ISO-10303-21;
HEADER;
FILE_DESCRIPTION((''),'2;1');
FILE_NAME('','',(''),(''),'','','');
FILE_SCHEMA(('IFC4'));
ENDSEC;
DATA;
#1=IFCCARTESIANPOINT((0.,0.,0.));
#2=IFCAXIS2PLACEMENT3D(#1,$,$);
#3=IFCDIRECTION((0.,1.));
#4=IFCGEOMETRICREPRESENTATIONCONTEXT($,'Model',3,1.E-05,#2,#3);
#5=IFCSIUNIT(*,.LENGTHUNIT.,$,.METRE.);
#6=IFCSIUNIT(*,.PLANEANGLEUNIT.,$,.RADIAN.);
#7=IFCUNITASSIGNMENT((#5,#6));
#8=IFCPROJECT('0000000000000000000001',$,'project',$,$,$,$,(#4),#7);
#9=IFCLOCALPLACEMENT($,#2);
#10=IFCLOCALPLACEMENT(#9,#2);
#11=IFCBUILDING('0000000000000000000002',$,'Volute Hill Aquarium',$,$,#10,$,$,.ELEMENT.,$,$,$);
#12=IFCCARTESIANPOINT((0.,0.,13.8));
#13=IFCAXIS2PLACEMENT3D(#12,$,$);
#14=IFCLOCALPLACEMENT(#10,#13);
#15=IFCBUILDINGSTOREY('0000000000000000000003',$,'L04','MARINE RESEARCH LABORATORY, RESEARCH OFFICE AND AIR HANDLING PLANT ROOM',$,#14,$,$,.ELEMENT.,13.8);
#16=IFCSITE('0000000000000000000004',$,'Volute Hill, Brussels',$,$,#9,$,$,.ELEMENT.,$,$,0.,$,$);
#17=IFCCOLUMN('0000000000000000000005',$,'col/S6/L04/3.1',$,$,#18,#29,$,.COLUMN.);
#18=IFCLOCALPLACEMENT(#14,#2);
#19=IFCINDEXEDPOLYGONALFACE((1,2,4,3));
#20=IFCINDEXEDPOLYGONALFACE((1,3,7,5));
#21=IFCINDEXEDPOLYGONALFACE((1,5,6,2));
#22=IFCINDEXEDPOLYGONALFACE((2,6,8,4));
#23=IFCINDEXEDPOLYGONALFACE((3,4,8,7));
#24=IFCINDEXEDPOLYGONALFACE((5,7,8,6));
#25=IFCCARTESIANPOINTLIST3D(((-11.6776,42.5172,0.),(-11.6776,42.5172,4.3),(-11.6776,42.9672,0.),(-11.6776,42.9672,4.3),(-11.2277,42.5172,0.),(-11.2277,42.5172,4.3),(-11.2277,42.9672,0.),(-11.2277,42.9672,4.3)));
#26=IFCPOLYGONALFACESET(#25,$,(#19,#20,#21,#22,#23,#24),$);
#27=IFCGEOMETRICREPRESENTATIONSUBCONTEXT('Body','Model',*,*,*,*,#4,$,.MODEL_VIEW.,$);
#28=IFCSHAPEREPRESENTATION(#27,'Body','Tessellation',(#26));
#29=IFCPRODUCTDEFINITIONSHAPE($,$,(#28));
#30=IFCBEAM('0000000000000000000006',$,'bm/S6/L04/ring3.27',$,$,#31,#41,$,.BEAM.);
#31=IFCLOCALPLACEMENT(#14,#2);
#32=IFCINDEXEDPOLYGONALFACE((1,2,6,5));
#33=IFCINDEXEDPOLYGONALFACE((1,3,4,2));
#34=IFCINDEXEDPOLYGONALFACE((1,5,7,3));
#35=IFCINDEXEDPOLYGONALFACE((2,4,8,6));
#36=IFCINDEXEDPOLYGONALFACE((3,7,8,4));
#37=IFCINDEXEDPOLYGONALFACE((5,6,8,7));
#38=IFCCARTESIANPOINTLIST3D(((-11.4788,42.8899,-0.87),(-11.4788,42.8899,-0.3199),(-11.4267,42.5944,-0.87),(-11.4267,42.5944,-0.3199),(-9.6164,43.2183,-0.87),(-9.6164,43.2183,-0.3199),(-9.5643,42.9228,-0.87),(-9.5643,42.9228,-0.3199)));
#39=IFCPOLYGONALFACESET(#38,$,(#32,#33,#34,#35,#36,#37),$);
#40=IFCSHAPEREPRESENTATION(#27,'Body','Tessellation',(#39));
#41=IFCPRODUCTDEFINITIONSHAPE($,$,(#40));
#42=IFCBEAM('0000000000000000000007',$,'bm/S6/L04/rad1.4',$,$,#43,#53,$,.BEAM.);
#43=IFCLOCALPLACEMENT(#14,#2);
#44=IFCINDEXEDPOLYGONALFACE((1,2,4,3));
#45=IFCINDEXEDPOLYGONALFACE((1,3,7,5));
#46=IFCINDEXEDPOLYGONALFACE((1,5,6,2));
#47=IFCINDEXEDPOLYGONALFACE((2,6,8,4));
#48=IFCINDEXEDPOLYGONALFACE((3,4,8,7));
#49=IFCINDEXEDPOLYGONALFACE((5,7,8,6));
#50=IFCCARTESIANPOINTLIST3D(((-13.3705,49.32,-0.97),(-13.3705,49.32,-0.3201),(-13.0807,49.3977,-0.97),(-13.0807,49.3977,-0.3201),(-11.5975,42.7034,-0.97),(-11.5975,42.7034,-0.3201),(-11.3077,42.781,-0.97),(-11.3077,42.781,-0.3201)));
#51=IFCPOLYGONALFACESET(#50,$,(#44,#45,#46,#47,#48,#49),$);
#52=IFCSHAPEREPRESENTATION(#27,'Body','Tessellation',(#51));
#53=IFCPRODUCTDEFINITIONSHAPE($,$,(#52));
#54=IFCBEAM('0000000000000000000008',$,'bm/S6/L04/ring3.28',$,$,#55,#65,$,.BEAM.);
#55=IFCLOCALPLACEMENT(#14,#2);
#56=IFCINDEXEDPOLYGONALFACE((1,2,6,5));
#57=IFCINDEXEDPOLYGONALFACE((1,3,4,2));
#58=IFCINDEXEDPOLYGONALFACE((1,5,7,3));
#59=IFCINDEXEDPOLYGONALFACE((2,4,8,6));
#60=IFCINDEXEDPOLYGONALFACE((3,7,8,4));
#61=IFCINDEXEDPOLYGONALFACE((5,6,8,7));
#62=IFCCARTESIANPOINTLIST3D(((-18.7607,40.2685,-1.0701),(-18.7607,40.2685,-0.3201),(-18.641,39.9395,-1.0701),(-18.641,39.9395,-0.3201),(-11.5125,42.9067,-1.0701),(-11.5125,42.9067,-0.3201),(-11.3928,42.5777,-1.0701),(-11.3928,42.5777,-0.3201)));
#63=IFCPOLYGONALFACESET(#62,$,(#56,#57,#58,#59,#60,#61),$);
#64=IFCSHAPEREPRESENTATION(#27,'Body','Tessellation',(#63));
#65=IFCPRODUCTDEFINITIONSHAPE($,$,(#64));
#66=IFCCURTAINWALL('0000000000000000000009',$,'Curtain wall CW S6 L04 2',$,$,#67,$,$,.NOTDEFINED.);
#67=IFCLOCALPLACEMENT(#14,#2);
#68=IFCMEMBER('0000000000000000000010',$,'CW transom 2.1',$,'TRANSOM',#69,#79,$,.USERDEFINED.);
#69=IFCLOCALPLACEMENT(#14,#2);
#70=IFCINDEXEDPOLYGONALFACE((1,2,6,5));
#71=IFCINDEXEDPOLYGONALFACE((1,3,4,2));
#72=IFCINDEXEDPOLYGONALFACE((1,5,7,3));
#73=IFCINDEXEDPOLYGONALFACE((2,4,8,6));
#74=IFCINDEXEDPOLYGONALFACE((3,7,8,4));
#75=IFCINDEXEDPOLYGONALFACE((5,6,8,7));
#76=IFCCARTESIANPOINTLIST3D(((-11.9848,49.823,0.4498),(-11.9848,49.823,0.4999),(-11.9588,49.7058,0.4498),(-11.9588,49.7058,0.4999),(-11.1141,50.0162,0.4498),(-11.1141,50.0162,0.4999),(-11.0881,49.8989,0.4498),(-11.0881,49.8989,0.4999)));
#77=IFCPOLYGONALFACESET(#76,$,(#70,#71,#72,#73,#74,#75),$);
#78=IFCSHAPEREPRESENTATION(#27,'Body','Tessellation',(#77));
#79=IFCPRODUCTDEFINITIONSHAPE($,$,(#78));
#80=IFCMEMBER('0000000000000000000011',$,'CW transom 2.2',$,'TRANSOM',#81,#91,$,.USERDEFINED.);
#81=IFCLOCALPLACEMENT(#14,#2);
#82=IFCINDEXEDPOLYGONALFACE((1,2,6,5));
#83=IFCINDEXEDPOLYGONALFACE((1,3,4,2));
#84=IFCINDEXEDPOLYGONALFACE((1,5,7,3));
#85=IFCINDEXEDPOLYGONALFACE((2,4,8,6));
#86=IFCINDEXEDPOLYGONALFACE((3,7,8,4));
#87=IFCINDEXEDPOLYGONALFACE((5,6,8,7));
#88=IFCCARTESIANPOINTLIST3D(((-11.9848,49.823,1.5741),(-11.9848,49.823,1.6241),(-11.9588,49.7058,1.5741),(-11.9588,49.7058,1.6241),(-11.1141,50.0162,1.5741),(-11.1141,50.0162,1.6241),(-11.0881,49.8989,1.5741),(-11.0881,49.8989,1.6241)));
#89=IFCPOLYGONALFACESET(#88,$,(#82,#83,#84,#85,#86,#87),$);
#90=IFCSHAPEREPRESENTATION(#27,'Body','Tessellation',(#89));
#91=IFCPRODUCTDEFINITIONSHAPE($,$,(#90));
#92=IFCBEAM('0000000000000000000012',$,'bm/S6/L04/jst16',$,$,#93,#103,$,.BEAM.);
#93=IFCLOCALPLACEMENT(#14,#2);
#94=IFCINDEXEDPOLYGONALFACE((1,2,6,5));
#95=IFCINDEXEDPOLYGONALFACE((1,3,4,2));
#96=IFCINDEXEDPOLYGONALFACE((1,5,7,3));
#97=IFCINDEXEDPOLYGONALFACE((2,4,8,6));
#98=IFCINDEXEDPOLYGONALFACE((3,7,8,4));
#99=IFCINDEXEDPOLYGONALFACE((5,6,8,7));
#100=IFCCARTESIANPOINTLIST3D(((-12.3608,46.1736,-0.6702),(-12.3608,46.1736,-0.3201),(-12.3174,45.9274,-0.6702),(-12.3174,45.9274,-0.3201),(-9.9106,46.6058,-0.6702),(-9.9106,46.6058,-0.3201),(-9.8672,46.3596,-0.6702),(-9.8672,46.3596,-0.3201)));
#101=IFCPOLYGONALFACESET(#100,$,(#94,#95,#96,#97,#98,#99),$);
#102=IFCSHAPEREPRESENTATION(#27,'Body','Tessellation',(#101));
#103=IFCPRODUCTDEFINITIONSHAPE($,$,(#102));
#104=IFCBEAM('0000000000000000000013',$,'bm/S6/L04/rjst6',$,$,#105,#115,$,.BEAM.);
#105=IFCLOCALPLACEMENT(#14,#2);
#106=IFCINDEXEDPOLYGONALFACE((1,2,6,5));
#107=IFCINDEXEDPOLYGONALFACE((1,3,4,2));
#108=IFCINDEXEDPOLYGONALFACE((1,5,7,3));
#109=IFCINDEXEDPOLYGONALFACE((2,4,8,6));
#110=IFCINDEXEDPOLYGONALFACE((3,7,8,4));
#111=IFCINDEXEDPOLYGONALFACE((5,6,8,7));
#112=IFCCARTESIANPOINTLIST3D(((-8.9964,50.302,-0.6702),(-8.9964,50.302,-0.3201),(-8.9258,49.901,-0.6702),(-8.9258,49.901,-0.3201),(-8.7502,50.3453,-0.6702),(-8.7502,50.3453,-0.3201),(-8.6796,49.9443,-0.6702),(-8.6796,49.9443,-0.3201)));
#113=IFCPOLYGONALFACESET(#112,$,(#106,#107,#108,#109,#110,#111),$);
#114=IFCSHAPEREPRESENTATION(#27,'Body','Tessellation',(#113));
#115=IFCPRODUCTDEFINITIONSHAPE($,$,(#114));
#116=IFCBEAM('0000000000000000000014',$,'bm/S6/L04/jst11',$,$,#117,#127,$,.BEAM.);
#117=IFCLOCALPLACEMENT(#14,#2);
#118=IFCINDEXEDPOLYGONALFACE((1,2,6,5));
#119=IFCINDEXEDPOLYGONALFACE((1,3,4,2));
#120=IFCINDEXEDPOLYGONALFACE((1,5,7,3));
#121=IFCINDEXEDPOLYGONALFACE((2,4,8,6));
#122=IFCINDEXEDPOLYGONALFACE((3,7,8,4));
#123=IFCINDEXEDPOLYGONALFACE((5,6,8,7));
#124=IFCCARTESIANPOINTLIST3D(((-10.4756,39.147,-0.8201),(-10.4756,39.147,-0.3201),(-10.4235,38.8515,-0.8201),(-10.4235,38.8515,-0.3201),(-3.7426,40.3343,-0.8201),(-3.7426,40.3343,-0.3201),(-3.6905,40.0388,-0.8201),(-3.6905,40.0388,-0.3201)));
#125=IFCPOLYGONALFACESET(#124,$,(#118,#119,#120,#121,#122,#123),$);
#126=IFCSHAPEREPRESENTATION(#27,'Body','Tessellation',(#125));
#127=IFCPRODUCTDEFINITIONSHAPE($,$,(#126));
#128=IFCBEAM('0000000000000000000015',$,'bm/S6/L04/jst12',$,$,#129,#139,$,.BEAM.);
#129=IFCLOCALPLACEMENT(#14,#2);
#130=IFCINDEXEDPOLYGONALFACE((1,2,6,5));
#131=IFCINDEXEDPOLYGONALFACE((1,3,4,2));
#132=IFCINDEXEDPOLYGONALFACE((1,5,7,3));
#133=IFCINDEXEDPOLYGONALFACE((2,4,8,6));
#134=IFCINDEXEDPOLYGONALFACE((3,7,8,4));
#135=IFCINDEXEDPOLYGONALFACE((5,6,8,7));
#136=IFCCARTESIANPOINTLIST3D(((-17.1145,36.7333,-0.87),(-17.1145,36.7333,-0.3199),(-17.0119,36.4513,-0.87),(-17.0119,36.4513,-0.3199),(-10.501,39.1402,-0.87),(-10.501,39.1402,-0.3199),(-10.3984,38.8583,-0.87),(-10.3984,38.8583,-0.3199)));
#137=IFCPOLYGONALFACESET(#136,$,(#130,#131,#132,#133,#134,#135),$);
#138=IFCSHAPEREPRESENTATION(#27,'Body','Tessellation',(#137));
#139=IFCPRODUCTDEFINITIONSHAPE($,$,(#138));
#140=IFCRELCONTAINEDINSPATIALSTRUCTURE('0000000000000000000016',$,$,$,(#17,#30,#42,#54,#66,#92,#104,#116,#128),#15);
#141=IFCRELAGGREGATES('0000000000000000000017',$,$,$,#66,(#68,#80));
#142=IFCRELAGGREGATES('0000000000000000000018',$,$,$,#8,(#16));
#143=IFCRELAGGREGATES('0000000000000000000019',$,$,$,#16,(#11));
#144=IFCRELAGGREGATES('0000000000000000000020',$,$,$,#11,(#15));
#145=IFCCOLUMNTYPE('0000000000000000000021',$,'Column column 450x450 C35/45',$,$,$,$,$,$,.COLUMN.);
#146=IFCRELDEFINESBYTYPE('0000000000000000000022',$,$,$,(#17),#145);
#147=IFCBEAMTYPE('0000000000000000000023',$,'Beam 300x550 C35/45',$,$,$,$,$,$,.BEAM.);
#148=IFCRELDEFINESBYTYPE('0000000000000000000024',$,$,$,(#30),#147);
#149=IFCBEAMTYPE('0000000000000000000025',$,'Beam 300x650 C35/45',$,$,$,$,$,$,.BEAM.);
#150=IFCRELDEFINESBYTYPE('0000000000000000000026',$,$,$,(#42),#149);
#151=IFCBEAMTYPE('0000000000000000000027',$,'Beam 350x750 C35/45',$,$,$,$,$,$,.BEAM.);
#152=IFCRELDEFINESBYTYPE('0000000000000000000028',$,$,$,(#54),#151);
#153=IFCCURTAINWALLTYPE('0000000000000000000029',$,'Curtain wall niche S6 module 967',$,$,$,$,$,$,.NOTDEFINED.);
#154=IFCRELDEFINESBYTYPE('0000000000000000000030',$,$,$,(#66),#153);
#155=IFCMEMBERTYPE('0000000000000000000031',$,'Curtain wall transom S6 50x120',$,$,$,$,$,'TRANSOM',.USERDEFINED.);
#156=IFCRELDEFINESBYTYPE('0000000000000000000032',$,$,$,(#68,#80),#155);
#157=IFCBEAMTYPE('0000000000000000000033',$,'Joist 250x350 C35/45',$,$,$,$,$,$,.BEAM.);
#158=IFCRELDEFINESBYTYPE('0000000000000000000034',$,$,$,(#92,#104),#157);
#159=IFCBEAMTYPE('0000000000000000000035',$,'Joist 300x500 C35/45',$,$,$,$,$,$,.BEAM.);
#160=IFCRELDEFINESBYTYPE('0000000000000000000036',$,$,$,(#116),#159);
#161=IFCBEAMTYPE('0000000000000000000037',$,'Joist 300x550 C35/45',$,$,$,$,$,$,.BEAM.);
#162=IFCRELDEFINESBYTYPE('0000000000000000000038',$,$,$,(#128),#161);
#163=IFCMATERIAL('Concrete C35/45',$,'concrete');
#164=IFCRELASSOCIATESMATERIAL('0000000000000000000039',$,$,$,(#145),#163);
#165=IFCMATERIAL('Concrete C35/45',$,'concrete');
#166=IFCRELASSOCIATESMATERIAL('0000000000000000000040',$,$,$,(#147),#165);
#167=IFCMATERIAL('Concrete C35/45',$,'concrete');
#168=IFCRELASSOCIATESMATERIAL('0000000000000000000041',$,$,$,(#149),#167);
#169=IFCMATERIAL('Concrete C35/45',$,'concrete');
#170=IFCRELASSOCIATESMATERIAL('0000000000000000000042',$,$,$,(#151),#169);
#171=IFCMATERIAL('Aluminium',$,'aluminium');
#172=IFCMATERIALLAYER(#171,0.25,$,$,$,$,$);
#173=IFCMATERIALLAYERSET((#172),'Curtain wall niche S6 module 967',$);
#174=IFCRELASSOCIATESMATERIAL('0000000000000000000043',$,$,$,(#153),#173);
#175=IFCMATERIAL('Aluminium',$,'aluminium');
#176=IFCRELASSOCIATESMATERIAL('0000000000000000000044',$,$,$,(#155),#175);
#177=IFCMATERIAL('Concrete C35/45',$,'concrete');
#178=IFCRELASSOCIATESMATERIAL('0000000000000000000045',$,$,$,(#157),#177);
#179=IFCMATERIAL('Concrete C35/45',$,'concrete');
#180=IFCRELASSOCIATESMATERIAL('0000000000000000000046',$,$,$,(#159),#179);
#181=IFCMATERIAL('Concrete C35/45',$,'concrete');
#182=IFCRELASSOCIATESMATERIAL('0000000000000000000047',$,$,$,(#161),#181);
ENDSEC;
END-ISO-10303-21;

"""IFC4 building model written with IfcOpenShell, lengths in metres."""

from ifc_helpers import new_model, si_unit, direction, frame, origin, origin_2d, place, context, subcontext, project, spatial, rectangle, extrude, material, layer, layer_set, material_profile, profile_set, type_object, element, aggregate, save


model = new_model("IFC4")

# Units and contexts
model_context = context("Model", 3, precision=1e-05, world=origin(), true_north=direction((0.0, 1.0)))
body_context = subcontext(model_context, "Body", "Model", "MODEL_VIEW")
ifc_project = project(units=[si_unit("LENGTHUNIT", "METRE"), si_unit("PLANEANGLEUNIT", "RADIAN")], contexts=[model_context])

# Site, building, storey
site_placement = place(None, origin())
site = spatial("IfcSite", under=ifc_project, at=site_placement, Name="Volute Hill, Brussels", CompositionType="ELEMENT", RefElevation=0.0)
building_placement = place(site_placement, origin())
building = spatial("IfcBuilding", under=site, at=building_placement, Name="Volute Hill Aquarium", CompositionType="ELEMENT")
storey_placement = place(building_placement, frame((0.0, 0.0, 13.8)))
storey = spatial("IfcBuildingStorey", under=building, at=storey_placement, Name="L04", Description="MARINE RESEARCH LABORATORY, RESEARCH OFFICE AND AIR HANDLING PLANT ROOM", CompositionType="ELEMENT", Elevation=13.8)

# Column
ifc_material_1 = material(Name="Concrete C35/45", Category="concrete")
ifc_material_profile_1 = material_profile(ifc_material_1, rectangle(XDim=0.45, YDim=0.45, at=origin_2d()), Name="RC column 450x450")
ifc_profile_set_1 = profile_set([ifc_material_profile_1], Name="Concrete C35/45")
column_type = type_object("IfcColumnType", Name="Column column 450x450 C35/45", PredefinedType="COLUMN", material=ifc_profile_set_1)
column_placement = place(storey_placement, frame((-11.4526, 42.7422, 0.0), z_axis=(0.0, 0.0, 1.0), x_axis=(1.0, 0.0, 0.0)))
element("IfcColumn", 1, at=column_placement, inside=storey, type_object=column_type, Name="col/S6/L04/3.1", PredefinedType="COLUMN", context=body_context, shape_type="SweptSolid", body=[
    extrude(rectangle(XDim=0.45, YDim=0.45, at=origin_2d()), origin(), (0.0, 0.0, 1.0), 4.3),
])

# Beams
ifc_material_2 = material(Name="Concrete C35/45", Category="concrete")
ifc_material_profile_2 = material_profile(ifc_material_2, rectangle(XDim=0.3, YDim=0.55, at=origin_2d()), Name="RC beam 300x550")
ifc_profile_set_2 = profile_set([ifc_material_profile_2], Name="Concrete C35/45")
beam_type_1 = type_object("IfcBeamType", Name="Beam 300x550 C35/45", PredefinedType="BEAM", material=ifc_profile_set_2)
beam_1_placement = place(storey_placement, frame((-9.5903, 43.0706, -0.595), z_axis=(-0.984808, -0.173645, 0.0), x_axis=(0.173645, -0.984808, 0.0)))
element("IfcBeam", 2, at=beam_1_placement, inside=storey, type_object=beam_type_1, Name="bm/S6/L04/ring3.27", PredefinedType="BEAM", context=body_context, shape_type="SweptSolid", body=[
    extrude(rectangle(XDim=0.3, YDim=0.55, at=origin_2d()), origin(), (0.0, 0.0, 1.0), 1.8911),
])
ifc_material_3 = material(Name="Concrete C35/45", Category="concrete")
ifc_material_profile_3 = material_profile(ifc_material_3, rectangle(XDim=0.3, YDim=0.6499, at=origin_2d()), Name="RC beam 300x650")
ifc_profile_set_3 = profile_set([ifc_material_profile_3], Name="Concrete C35/45")
beam_type_2 = type_object("IfcBeamType", Name="Beam 300x650 C35/45", PredefinedType="BEAM", material=ifc_profile_set_3)
beam_2_placement = place(storey_placement, frame((-11.4526, 42.7422, -0.645), z_axis=(-0.25882, 0.965925, 0.0), x_axis=(-0.965925, -0.25882, 0.0)))
element("IfcBeam", 3, at=beam_2_placement, inside=storey, type_object=beam_type_2, Name="bm/S6/L04/rad1.4", PredefinedType="BEAM", context=body_context, shape_type="SweptSolid", body=[
    extrude(rectangle(XDim=0.3, YDim=0.6499, at=origin_2d()), origin(), (0.0, 0.0, 1.0), 6.8501),
])
ifc_material_4 = material(Name="Concrete C35/45", Category="concrete")
ifc_material_profile_4 = material_profile(ifc_material_4, rectangle(XDim=0.3501, YDim=0.75, at=origin_2d()), Name="RC beam 350x750")
ifc_profile_set_4 = profile_set([ifc_material_profile_4], Name="Concrete C35/45")
beam_type_3 = type_object("IfcBeamType", Name="Beam 350x750 C35/45", PredefinedType="BEAM", material=ifc_profile_set_4)
beam_3_placement = place(storey_placement, frame((-11.4526, 42.7422, -0.6951), z_axis=(-0.939692, -0.342023, 0.0), x_axis=(0.342023, -0.939692, 0.0)))
element("IfcBeam", 4, at=beam_3_placement, inside=storey, type_object=beam_type_3, Name="bm/S6/L04/ring3.28", PredefinedType="BEAM", context=body_context, shape_type="SweptSolid", body=[
    extrude(rectangle(XDim=0.3501, YDim=0.75, at=origin_2d()), origin(), (0.0, 0.0, 1.0), 7.7134),
])

# Curtain wall, members
ifc_material_5 = material(Name="Aluminium", Category="aluminium")
ifc_layer_1 = layer(ifc_material_5, 0.25)
ifc_layer_set_1 = layer_set([ifc_layer_1], Name="Curtain wall niche S6 module 967")
curtain_wall_type = type_object("IfcCurtainWallType", Name="Curtain wall niche S6 module 967", PredefinedType="NOTDEFINED", material=ifc_layer_set_1)
curtain_wall_placement = place(storey_placement, origin())
curtain_wall = element("IfcCurtainWall", 5, at=curtain_wall_placement, inside=storey, type_object=curtain_wall_type, Name="Curtain wall CW S6 L04 2", PredefinedType="NOTDEFINED")
ifc_material_6 = material(Name="Aluminium", Category="aluminium")
ifc_material_profile_5 = material_profile(ifc_material_6, rectangle(XDim=0.1201, YDim=0.05, at=origin_2d()), Name="Curtain wall transom S6 50x120")
ifc_profile_set_5 = profile_set([ifc_material_profile_5], Name="Aluminium")
member_type = type_object("IfcMemberType", Name="Curtain wall transom S6 50x120", ElementType="TRANSOM", PredefinedType="USERDEFINED", material=ifc_profile_set_5)
member_1_placement = place(storey_placement, frame((-11.1011, 49.9575, 0.4749), z_axis=(-0.976271, -0.216554, 0.0), x_axis=(0.216554, -0.976271, 0.0)))
member_1 = element("IfcMember", 6, at=member_1_placement, type_object=member_type, Name="CW transom 2.1", ObjectType="TRANSOM", PredefinedType="USERDEFINED", context=body_context, shape_type="SweptSolid", body=[
    extrude(rectangle(XDim=0.1201, YDim=0.05, at=origin_2d()), origin(), (0.0, 0.0, 1.0), 0.8918),
])
member_2_placement = place(storey_placement, frame((-11.1011, 49.9575, 1.5991), z_axis=(-0.976271, -0.216554, 0.0), x_axis=(0.216554, -0.976271, 0.0)))
member_2 = element("IfcMember", 7, at=member_2_placement, type_object=member_type, Name="CW transom 2.2", ObjectType="TRANSOM", PredefinedType="USERDEFINED", context=body_context, shape_type="SweptSolid", body=[
    extrude(rectangle(XDim=0.1201, YDim=0.05, at=origin_2d()), origin(), (0.0, 0.0, 1.0), 0.8918),
])
aggregate(curtain_wall, [member_1, member_2])

# Beams
ifc_material_7 = material(Name="Concrete C35/45", Category="concrete")
ifc_material_profile_6 = material_profile(ifc_material_7, rectangle(XDim=0.25, YDim=0.3501, at=origin_2d()), Name="RC joist 250x350")
ifc_profile_set_6 = profile_set([ifc_material_profile_6], Name="Concrete C35/45")
beam_type_4 = type_object("IfcBeamType", Name="Joist 250x350 C35/45", PredefinedType="BEAM", material=ifc_profile_set_6)
beam_4_placement = place(storey_placement, frame((-9.8889, 46.4827, -0.4951), z_axis=(-0.984801, -0.173685, 0.0), x_axis=(0.173685, -0.984801, 0.0)))
element("IfcBeam", 8, at=beam_4_placement, inside=storey, type_object=beam_type_4, Name="bm/S6/L04/jst16", PredefinedType="BEAM", context=body_context, shape_type="SweptSolid", body=[
    extrude(rectangle(XDim=0.25, YDim=0.3501, at=origin_2d()), origin(), (0.0, 0.0, 1.0), 2.488),
])
beam_5_placement = place(storey_placement, frame((-8.8027, 49.9226, -0.4951), z_axis=(-0.173238, 0.98488, 0.0), x_axis=(-0.98488, -0.173238, 0.0)))
element("IfcBeam", 9, at=beam_5_placement, inside=storey, type_object=beam_type_4, Name="bm/S6/L04/rjst6", PredefinedType="BEAM", context=body_context, shape_type="SweptSolid", body=[
    extrude(rectangle(XDim=0.25, YDim=0.3501, at=origin_2d()), origin(), (0.0, 0.0, 1.0), 0.4072),
])
ifc_material_8 = material(Name="Concrete C35/45", Category="concrete")
ifc_material_profile_7 = material_profile(ifc_material_8, rectangle(XDim=0.3, YDim=0.5, at=origin_2d()), Name="RC joist 300x500")
ifc_profile_set_7 = profile_set([ifc_material_profile_7], Name="Concrete C35/45")
beam_type_5 = type_object("IfcBeamType", Name="Joist 300x500 C35/45", PredefinedType="BEAM", material=ifc_profile_set_7)
beam_6_placement = place(storey_placement, frame((-3.7166, 40.1865, -0.5701), z_axis=(-0.984807, -0.173651, 0.0), x_axis=(0.173651, -0.984807, 0.0)))
element("IfcBeam", 10, at=beam_6_placement, inside=storey, type_object=beam_type_5, Name="bm/S6/L04/jst11", PredefinedType="BEAM", context=body_context, shape_type="SweptSolid", body=[
    extrude(rectangle(XDim=0.3, YDim=0.5, at=origin_2d()), origin(), (0.0, 0.0, 1.0), 6.8369),
])
ifc_material_9 = material(Name="Concrete C35/45", Category="concrete")
ifc_material_profile_8 = material_profile(ifc_material_9, rectangle(XDim=0.3, YDim=0.55, at=origin_2d()), Name="RC joist 300x550")
ifc_profile_set_8 = profile_set([ifc_material_profile_8], Name="Concrete C35/45")
beam_type_6 = type_object("IfcBeamType", Name="Joist 300x550 C35/45", PredefinedType="BEAM", material=ifc_profile_set_8)
beam_7_placement = place(storey_placement, frame((-10.4497, 38.9993, -0.595), z_axis=(-0.939699, -0.342002, 0.0), x_axis=(0.342002, -0.939699, 0.0)))
element("IfcBeam", 11, at=beam_7_placement, inside=storey, type_object=beam_type_6, Name="bm/S6/L04/jst12", PredefinedType="BEAM", context=body_context, shape_type="SweptSolid", body=[
    extrude(rectangle(XDim=0.3, YDim=0.55, at=origin_2d()), origin(), (0.0, 0.0, 1.0), 7.0378),
])

save(model, "model.ifc")
